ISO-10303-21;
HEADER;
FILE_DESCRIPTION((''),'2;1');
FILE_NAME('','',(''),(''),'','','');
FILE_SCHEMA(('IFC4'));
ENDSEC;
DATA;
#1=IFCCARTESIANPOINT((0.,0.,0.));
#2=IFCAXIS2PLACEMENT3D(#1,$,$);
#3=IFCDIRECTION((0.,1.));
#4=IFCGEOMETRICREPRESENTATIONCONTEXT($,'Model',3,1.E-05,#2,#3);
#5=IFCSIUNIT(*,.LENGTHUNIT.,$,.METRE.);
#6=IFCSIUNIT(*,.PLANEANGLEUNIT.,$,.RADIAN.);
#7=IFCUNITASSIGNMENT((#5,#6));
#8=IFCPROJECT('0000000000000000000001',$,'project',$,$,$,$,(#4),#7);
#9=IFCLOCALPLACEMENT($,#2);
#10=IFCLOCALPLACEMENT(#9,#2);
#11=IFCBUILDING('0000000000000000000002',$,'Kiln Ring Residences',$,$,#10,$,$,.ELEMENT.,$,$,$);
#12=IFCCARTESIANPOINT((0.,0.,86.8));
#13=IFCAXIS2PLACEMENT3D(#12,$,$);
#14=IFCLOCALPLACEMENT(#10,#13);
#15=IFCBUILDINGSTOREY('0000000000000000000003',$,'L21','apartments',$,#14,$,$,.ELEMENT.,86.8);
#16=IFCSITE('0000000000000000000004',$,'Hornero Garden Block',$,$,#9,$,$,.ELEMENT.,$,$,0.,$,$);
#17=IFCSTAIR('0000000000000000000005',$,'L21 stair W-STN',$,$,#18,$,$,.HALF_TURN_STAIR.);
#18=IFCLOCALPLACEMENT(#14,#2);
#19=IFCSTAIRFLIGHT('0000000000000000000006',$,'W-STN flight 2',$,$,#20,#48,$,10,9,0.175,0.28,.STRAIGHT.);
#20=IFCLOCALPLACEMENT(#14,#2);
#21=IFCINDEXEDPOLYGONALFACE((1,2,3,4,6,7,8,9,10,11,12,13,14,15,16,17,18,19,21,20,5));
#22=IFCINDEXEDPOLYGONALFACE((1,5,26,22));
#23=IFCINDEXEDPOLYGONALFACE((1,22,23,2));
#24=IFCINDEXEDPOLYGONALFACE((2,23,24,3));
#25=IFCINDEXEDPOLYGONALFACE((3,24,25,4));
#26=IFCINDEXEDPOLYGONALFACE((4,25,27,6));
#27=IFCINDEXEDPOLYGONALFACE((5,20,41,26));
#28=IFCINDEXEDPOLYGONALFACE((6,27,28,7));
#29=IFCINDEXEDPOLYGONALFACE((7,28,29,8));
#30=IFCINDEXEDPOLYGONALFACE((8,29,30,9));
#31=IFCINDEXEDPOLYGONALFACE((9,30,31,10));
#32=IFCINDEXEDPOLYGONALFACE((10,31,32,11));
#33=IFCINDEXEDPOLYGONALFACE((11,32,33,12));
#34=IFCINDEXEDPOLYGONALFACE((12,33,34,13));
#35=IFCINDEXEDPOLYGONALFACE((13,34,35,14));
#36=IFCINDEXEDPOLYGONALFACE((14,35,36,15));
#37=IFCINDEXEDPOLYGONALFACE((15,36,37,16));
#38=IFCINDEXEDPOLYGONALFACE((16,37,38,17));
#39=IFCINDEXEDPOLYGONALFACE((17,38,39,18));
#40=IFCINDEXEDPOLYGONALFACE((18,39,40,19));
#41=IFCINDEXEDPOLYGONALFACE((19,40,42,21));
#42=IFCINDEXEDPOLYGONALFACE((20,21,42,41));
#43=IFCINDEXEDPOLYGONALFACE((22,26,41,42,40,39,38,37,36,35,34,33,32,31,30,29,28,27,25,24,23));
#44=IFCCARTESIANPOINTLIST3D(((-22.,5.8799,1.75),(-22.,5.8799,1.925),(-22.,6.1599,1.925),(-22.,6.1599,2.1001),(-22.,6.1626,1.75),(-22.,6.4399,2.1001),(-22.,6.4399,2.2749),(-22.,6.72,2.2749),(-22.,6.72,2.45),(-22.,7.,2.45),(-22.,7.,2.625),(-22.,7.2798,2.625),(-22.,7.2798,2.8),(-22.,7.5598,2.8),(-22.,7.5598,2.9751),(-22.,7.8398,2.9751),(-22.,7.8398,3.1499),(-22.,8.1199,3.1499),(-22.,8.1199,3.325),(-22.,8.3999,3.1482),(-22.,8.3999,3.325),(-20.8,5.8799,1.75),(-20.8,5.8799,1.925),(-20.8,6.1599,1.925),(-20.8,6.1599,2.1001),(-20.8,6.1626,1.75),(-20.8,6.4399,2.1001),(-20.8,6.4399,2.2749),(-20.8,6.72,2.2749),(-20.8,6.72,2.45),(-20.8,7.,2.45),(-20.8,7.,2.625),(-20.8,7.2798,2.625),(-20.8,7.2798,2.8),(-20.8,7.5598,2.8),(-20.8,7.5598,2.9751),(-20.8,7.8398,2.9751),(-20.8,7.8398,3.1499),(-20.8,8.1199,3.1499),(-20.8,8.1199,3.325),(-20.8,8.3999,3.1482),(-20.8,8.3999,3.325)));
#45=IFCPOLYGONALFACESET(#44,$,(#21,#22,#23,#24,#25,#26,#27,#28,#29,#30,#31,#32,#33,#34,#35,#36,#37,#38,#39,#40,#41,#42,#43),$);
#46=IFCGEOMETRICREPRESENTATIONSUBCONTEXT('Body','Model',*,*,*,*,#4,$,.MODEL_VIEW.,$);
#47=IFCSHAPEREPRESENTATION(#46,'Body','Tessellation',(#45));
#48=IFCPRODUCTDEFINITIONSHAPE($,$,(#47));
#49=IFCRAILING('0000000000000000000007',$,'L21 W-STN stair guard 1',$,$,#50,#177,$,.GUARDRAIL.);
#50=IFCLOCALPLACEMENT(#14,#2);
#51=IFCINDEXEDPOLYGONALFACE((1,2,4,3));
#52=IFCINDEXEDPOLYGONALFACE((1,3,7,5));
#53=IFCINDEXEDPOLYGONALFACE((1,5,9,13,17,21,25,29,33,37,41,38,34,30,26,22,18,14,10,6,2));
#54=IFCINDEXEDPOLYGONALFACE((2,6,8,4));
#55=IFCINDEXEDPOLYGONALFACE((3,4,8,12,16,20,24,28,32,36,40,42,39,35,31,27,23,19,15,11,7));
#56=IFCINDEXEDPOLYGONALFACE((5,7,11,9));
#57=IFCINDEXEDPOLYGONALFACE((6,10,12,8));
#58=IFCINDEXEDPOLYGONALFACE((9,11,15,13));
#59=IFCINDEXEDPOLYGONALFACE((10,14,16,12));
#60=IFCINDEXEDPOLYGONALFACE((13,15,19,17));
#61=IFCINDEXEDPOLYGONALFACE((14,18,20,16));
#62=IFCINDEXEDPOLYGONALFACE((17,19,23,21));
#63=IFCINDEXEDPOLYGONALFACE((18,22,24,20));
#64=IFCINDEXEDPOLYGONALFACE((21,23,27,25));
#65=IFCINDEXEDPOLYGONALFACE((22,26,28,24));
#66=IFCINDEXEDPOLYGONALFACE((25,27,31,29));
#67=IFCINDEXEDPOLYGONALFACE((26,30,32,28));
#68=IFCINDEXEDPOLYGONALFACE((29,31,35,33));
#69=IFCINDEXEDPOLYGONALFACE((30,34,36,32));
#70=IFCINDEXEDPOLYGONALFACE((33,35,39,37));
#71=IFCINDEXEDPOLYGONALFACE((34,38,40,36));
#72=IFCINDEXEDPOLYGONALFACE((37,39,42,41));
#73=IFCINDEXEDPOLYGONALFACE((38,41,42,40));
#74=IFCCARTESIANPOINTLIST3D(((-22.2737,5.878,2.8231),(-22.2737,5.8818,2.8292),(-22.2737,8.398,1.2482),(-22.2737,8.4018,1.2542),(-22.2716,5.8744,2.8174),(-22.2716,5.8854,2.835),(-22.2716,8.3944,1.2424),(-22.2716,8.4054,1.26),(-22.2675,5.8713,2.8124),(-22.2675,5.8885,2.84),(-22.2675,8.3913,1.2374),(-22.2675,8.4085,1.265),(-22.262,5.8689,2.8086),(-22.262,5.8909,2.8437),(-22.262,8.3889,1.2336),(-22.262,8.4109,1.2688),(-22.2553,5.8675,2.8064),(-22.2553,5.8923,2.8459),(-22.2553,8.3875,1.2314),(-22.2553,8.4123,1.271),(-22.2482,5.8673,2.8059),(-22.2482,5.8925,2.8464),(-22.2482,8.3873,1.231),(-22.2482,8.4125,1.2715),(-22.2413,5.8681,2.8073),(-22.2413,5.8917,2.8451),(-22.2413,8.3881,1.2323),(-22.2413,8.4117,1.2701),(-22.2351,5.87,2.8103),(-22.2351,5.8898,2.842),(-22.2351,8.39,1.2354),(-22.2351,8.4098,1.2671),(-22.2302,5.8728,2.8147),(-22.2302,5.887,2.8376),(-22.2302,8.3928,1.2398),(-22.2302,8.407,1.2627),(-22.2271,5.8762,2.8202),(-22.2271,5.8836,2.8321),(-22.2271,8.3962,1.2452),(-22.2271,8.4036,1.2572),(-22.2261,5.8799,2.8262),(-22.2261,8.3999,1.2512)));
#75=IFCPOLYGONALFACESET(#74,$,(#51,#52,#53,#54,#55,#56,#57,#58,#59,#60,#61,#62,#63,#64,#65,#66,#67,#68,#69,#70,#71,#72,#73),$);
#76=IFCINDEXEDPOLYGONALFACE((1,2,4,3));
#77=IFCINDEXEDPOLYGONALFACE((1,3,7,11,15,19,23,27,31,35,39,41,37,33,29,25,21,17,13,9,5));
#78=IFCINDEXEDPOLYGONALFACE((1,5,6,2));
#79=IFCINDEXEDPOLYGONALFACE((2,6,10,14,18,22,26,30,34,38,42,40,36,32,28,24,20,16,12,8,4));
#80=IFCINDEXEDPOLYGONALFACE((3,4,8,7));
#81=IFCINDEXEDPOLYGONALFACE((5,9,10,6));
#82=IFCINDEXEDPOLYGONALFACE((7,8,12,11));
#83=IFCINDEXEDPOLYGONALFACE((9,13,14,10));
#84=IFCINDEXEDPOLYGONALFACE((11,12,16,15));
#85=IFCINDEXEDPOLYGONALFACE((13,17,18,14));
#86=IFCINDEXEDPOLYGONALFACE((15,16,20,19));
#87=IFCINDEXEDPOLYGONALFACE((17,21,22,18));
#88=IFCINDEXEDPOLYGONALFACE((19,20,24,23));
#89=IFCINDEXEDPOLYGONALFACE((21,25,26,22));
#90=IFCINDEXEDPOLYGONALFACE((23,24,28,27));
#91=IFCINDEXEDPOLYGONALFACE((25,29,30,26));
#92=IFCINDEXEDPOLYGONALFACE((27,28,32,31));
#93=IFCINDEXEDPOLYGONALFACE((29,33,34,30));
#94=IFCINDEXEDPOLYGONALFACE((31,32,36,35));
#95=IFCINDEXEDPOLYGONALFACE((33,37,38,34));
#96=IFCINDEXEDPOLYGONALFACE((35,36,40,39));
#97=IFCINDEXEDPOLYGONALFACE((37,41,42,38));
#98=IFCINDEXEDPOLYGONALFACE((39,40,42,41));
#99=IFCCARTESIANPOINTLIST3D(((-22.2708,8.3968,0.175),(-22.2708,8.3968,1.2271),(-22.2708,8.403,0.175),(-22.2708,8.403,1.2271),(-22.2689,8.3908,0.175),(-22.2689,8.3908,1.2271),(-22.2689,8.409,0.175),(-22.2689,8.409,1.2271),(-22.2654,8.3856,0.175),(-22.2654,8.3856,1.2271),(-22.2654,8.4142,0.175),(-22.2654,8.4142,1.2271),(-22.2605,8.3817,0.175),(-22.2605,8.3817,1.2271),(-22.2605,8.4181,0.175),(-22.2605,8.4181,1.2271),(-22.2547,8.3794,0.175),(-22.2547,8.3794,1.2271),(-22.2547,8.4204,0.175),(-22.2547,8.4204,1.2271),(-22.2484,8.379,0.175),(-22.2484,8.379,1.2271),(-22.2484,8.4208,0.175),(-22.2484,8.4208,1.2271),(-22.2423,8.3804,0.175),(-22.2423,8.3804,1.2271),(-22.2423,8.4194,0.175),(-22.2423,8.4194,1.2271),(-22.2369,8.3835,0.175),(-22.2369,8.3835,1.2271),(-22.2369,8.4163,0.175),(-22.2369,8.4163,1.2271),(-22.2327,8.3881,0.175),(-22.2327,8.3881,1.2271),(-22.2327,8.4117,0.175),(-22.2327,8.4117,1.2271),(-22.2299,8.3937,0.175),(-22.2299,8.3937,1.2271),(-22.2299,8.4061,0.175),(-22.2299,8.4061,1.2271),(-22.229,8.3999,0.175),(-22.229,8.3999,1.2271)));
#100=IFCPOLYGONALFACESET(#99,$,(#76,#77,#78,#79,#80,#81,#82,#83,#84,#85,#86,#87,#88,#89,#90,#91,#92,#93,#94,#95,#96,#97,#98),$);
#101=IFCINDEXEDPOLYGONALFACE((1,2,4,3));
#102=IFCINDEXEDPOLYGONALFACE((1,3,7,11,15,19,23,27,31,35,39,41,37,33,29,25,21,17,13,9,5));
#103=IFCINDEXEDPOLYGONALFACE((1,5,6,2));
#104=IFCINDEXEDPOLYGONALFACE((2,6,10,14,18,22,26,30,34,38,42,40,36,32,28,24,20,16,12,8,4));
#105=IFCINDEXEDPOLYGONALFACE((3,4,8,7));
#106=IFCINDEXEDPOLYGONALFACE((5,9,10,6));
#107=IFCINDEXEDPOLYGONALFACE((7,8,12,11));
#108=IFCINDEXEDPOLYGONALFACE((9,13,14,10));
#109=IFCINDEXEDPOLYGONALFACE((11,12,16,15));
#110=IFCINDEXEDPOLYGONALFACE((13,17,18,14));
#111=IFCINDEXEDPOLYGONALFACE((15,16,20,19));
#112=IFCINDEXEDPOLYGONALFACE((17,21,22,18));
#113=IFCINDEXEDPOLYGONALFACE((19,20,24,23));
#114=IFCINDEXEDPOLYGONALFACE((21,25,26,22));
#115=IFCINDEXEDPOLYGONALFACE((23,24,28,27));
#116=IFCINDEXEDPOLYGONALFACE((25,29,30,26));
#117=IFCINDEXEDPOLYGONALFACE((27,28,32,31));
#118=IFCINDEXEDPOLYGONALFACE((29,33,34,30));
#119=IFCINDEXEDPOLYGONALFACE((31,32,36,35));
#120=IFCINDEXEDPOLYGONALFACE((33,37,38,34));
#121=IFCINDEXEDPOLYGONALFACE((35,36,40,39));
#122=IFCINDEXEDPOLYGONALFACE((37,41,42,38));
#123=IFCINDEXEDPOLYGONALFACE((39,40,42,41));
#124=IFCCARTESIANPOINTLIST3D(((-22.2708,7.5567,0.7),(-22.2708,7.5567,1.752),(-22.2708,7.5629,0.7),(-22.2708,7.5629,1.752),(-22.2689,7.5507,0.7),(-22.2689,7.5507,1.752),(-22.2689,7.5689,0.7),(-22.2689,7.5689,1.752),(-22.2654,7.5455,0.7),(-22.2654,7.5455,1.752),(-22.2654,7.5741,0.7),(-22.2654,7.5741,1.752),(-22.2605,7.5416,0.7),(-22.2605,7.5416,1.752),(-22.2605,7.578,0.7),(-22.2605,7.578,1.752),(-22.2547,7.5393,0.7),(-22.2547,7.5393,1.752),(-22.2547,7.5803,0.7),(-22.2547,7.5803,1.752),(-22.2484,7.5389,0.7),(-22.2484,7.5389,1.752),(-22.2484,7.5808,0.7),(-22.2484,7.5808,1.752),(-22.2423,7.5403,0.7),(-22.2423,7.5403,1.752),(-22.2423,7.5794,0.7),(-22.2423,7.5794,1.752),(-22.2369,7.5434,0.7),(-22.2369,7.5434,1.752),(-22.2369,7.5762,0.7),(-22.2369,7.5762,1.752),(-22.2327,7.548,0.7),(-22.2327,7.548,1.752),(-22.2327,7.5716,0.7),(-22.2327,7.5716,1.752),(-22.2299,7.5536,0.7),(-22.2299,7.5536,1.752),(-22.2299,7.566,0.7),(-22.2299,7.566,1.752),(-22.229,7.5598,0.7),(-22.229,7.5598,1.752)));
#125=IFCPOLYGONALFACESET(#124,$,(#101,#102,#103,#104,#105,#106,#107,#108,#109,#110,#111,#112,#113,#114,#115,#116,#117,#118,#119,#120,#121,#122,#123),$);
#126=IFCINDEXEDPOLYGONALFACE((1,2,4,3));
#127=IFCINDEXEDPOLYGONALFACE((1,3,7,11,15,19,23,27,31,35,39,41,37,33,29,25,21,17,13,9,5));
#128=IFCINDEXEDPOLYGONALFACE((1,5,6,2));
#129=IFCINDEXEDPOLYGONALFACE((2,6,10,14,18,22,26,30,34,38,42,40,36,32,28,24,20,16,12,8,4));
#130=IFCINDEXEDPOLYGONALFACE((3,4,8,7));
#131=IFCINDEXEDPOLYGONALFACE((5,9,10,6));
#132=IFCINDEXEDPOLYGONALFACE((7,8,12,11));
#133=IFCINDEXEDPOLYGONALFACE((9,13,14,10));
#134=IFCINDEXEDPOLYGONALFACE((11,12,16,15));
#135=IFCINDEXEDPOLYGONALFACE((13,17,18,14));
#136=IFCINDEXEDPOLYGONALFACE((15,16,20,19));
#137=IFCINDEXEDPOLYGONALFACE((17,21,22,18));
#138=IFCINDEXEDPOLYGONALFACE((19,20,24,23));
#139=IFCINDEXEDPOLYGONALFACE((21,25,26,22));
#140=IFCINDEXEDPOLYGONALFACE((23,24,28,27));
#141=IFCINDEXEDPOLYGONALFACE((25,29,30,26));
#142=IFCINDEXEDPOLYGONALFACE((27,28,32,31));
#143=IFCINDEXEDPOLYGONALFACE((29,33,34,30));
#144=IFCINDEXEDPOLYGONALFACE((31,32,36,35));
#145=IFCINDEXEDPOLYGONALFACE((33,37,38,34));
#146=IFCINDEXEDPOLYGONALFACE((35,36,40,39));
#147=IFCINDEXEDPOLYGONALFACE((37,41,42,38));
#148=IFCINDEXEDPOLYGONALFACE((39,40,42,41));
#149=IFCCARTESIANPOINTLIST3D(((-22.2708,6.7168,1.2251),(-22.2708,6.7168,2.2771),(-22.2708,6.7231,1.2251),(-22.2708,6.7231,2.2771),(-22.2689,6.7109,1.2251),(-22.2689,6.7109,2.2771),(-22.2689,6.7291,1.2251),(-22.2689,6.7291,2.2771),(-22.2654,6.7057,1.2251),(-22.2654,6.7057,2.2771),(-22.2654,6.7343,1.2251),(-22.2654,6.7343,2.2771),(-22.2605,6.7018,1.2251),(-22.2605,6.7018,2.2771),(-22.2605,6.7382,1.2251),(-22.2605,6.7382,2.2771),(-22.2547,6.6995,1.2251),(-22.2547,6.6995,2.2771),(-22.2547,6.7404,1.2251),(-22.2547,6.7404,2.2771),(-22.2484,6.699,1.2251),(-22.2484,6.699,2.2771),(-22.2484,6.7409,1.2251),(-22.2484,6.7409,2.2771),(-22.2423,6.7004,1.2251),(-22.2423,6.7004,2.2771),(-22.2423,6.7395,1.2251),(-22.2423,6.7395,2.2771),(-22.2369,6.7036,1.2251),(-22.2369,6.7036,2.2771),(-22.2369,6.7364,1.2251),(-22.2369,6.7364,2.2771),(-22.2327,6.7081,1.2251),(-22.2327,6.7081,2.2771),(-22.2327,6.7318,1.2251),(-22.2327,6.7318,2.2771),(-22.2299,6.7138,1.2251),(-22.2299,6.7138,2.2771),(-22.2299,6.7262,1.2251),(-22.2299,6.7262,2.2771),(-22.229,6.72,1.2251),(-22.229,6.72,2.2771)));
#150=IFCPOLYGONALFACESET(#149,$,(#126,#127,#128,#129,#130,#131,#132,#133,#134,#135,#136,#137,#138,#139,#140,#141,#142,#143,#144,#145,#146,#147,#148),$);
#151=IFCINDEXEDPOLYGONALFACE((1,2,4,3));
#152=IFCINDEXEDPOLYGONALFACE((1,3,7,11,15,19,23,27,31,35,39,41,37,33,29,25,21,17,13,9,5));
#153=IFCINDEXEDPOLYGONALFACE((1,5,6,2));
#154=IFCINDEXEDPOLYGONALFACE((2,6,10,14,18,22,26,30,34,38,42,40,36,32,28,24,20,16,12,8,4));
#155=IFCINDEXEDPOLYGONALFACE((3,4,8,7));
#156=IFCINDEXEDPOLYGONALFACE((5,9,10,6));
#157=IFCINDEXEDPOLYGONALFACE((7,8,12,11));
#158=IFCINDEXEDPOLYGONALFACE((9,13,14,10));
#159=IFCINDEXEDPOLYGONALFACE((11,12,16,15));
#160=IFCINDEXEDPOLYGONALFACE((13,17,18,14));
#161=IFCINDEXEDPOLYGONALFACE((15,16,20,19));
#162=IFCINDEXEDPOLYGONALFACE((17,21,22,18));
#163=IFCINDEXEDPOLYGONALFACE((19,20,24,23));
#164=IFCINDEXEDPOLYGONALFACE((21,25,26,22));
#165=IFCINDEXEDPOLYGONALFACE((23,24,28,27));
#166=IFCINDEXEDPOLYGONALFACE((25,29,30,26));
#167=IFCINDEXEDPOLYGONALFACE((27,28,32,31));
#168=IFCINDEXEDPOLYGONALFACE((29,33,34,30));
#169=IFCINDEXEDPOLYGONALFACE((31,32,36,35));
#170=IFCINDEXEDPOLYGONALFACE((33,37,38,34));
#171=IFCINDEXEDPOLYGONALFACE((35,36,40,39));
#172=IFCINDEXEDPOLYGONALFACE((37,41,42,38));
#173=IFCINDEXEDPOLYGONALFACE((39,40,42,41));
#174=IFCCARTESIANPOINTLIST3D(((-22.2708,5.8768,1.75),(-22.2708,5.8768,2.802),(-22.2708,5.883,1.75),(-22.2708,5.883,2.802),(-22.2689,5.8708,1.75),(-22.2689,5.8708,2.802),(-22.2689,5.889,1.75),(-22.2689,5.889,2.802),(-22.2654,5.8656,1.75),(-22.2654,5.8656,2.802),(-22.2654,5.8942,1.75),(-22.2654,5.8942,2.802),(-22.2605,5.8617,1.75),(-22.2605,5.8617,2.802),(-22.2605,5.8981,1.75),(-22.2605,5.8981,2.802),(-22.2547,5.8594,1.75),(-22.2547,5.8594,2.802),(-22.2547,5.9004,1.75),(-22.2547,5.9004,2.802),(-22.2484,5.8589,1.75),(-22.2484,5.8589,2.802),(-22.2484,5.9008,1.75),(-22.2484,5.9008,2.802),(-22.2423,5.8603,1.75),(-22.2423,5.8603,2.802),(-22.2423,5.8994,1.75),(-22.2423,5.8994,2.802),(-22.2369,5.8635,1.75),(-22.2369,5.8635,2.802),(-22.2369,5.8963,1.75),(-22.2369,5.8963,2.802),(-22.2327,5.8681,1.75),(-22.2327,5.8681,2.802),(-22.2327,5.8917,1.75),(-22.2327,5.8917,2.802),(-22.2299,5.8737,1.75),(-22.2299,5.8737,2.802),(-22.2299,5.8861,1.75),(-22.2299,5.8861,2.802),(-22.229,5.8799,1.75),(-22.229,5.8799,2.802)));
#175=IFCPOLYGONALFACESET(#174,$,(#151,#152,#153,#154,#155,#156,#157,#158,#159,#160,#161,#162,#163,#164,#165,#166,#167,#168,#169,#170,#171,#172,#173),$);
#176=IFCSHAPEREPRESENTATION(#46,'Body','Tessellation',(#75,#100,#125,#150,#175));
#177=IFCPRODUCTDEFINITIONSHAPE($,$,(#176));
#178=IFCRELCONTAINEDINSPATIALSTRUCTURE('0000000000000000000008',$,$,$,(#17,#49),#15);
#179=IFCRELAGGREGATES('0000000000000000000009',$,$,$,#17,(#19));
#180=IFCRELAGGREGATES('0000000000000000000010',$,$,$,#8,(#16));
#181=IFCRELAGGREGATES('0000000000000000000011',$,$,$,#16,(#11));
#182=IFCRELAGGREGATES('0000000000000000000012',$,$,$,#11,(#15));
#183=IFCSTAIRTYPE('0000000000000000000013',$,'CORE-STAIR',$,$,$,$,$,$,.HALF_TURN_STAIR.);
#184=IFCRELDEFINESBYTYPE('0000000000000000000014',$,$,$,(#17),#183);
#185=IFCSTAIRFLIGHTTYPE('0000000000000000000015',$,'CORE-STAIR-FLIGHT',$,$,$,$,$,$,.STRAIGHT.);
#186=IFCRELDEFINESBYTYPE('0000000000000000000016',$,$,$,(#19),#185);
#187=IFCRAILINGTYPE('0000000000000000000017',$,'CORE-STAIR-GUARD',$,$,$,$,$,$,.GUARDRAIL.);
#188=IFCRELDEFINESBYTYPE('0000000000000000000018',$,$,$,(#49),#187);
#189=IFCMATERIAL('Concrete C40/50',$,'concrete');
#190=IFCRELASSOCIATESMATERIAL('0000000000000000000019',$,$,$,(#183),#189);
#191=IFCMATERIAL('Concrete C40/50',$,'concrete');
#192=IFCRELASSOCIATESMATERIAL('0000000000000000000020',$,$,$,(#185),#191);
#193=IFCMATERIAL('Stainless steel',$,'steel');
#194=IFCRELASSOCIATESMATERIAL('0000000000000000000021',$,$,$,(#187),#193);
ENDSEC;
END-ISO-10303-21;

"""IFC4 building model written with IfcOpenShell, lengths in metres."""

from ifc_helpers import new_model, si_unit, direction, frame, origin, origin_2d, place, context, subcontext, project, spatial, polyline, circle, outline, extrude, material, type_object, element, aggregate, save


model = new_model("IFC4")

# Units and contexts
model_context = context("Model", 3, precision=1e-05, world=origin(), true_north=direction((0.0, 1.0)))
body_context = subcontext(model_context, "Body", "Model", "MODEL_VIEW")
ifc_project = project(units=[si_unit("LENGTHUNIT", "METRE"), si_unit("PLANEANGLEUNIT", "RADIAN")], contexts=[model_context])

# Site, building, storey
site_placement = place(None, origin())
site = spatial("IfcSite", under=ifc_project, at=site_placement, Name="Hornero Garden Block", CompositionType="ELEMENT", RefElevation=0.0)
building_placement = place(site_placement, origin())
building = spatial("IfcBuilding", under=site, at=building_placement, Name="Kiln Ring Residences", CompositionType="ELEMENT")
storey_placement = place(building_placement, frame((0.0, 0.0, 86.8)))
storey = spatial("IfcBuildingStorey", under=building, at=storey_placement, Name="L21", Description="apartments", CompositionType="ELEMENT", Elevation=86.8)

# Stair, stair flight
ifc_material_1 = material(Name="Concrete C40/50", Category="concrete")
stair_type = type_object("IfcStairType", Name="CORE-STAIR", PredefinedType="HALF_TURN_STAIR", material=ifc_material_1)
stair_placement = place(storey_placement, origin())
stair = element("IfcStair", 1, at=stair_placement, inside=storey, type_object=stair_type, Name="L21 stair W-STN", PredefinedType="HALF_TURN_STAIR")
ifc_material_2 = material(Name="Concrete C40/50", Category="concrete")
stair_flight_type = type_object("IfcStairFlightType", Name="CORE-STAIR-FLIGHT", PredefinedType="STRAIGHT", material=ifc_material_2)
stair_flight_1_placement = place(storey_placement, frame((-21.3999, 5.8799, 1.75), z_axis=(0.0, 0.0, 1.0), x_axis=(0.0, 1.0, 0.0)))
stair_flight_1 = element("IfcStairFlight", 2, at=stair_flight_1_placement, type_object=stair_flight_type, Name="W-STN flight 2", NumberOfRisers=10, NumberOfTreads=9, PredefinedType="STRAIGHT", RiserHeight=0.175, TreadLength=0.28, context=body_context, shape_type="SweptSolid", body=[
    extrude(outline(polyline([(0.0, 0.0), (0.0, 0.175), (0.28, 0.175), (0.28, 0.3501), (0.5601, 0.3501), (0.5601, 0.5249), (0.8401, 0.5249), (0.8401, 0.7), (1.1201, 0.7), (1.1201, 0.875), (1.3999, 0.875), (1.3999, 1.05), (1.6799, 1.05), (1.6799, 1.2251), (1.96, 1.2251), (1.96, 1.3999), (2.24, 1.3999), (2.24, 1.575), (2.52, 1.575), (2.52, 1.75), (2.52, 1.3982), (0.2827, 0.0), (0.0, 0.0)])), frame((0.0, 0.6001, 0.0), z_axis=(0.0, -1.0, 0.0), x_axis=(1.0, 0.0, 0.0)), (0.0, 0.0, 1.0), 1.2),
])
aggregate(stair, [stair_flight_1])

# Railing
ifc_material_3 = material(Name="Stainless steel", Category="steel")
railing_type_1 = type_object("IfcRailingType", Name="CORE-STAIR-GUARD", PredefinedType="GUARDRAIL", material=ifc_material_3)
railing_1_placement = place(storey_placement, frame((-22.25, 8.3999, 0.175)))
element("IfcRailing", 3, at=railing_1_placement, inside=storey, type_object=railing_type_1, Name="L21 W-STN stair guard 1", PredefinedType="GUARDRAIL", context=body_context, shape_type="SweptSolid", body=[
    extrude(circle(Radius=0.0239, at=origin_2d()), frame((0.0, 0.0, 1.0762), z_axis=(0.0, -0.848008, 0.529984), x_axis=(1.0, 0.0, 0.0)), (0.0, 0.0, 1.0), 2.9717),
    extrude(circle(Radius=0.021, at=origin_2d()), origin(), (0.0, 0.0, 1.0), 1.052),
    extrude(circle(Radius=0.021, at=origin_2d()), frame((0.0, -0.8401, 0.5249)), (0.0, 0.0, 1.0), 1.052),
    extrude(circle(Radius=0.021, at=origin_2d()), frame((0.0, -1.6799, 1.05)), (0.0, 0.0, 1.0), 1.052),
    extrude(circle(Radius=0.021, at=origin_2d()), frame((0.0, -2.52, 1.575)), (0.0, 0.0, 1.0), 1.052),
])

save(model, "model.ifc")
